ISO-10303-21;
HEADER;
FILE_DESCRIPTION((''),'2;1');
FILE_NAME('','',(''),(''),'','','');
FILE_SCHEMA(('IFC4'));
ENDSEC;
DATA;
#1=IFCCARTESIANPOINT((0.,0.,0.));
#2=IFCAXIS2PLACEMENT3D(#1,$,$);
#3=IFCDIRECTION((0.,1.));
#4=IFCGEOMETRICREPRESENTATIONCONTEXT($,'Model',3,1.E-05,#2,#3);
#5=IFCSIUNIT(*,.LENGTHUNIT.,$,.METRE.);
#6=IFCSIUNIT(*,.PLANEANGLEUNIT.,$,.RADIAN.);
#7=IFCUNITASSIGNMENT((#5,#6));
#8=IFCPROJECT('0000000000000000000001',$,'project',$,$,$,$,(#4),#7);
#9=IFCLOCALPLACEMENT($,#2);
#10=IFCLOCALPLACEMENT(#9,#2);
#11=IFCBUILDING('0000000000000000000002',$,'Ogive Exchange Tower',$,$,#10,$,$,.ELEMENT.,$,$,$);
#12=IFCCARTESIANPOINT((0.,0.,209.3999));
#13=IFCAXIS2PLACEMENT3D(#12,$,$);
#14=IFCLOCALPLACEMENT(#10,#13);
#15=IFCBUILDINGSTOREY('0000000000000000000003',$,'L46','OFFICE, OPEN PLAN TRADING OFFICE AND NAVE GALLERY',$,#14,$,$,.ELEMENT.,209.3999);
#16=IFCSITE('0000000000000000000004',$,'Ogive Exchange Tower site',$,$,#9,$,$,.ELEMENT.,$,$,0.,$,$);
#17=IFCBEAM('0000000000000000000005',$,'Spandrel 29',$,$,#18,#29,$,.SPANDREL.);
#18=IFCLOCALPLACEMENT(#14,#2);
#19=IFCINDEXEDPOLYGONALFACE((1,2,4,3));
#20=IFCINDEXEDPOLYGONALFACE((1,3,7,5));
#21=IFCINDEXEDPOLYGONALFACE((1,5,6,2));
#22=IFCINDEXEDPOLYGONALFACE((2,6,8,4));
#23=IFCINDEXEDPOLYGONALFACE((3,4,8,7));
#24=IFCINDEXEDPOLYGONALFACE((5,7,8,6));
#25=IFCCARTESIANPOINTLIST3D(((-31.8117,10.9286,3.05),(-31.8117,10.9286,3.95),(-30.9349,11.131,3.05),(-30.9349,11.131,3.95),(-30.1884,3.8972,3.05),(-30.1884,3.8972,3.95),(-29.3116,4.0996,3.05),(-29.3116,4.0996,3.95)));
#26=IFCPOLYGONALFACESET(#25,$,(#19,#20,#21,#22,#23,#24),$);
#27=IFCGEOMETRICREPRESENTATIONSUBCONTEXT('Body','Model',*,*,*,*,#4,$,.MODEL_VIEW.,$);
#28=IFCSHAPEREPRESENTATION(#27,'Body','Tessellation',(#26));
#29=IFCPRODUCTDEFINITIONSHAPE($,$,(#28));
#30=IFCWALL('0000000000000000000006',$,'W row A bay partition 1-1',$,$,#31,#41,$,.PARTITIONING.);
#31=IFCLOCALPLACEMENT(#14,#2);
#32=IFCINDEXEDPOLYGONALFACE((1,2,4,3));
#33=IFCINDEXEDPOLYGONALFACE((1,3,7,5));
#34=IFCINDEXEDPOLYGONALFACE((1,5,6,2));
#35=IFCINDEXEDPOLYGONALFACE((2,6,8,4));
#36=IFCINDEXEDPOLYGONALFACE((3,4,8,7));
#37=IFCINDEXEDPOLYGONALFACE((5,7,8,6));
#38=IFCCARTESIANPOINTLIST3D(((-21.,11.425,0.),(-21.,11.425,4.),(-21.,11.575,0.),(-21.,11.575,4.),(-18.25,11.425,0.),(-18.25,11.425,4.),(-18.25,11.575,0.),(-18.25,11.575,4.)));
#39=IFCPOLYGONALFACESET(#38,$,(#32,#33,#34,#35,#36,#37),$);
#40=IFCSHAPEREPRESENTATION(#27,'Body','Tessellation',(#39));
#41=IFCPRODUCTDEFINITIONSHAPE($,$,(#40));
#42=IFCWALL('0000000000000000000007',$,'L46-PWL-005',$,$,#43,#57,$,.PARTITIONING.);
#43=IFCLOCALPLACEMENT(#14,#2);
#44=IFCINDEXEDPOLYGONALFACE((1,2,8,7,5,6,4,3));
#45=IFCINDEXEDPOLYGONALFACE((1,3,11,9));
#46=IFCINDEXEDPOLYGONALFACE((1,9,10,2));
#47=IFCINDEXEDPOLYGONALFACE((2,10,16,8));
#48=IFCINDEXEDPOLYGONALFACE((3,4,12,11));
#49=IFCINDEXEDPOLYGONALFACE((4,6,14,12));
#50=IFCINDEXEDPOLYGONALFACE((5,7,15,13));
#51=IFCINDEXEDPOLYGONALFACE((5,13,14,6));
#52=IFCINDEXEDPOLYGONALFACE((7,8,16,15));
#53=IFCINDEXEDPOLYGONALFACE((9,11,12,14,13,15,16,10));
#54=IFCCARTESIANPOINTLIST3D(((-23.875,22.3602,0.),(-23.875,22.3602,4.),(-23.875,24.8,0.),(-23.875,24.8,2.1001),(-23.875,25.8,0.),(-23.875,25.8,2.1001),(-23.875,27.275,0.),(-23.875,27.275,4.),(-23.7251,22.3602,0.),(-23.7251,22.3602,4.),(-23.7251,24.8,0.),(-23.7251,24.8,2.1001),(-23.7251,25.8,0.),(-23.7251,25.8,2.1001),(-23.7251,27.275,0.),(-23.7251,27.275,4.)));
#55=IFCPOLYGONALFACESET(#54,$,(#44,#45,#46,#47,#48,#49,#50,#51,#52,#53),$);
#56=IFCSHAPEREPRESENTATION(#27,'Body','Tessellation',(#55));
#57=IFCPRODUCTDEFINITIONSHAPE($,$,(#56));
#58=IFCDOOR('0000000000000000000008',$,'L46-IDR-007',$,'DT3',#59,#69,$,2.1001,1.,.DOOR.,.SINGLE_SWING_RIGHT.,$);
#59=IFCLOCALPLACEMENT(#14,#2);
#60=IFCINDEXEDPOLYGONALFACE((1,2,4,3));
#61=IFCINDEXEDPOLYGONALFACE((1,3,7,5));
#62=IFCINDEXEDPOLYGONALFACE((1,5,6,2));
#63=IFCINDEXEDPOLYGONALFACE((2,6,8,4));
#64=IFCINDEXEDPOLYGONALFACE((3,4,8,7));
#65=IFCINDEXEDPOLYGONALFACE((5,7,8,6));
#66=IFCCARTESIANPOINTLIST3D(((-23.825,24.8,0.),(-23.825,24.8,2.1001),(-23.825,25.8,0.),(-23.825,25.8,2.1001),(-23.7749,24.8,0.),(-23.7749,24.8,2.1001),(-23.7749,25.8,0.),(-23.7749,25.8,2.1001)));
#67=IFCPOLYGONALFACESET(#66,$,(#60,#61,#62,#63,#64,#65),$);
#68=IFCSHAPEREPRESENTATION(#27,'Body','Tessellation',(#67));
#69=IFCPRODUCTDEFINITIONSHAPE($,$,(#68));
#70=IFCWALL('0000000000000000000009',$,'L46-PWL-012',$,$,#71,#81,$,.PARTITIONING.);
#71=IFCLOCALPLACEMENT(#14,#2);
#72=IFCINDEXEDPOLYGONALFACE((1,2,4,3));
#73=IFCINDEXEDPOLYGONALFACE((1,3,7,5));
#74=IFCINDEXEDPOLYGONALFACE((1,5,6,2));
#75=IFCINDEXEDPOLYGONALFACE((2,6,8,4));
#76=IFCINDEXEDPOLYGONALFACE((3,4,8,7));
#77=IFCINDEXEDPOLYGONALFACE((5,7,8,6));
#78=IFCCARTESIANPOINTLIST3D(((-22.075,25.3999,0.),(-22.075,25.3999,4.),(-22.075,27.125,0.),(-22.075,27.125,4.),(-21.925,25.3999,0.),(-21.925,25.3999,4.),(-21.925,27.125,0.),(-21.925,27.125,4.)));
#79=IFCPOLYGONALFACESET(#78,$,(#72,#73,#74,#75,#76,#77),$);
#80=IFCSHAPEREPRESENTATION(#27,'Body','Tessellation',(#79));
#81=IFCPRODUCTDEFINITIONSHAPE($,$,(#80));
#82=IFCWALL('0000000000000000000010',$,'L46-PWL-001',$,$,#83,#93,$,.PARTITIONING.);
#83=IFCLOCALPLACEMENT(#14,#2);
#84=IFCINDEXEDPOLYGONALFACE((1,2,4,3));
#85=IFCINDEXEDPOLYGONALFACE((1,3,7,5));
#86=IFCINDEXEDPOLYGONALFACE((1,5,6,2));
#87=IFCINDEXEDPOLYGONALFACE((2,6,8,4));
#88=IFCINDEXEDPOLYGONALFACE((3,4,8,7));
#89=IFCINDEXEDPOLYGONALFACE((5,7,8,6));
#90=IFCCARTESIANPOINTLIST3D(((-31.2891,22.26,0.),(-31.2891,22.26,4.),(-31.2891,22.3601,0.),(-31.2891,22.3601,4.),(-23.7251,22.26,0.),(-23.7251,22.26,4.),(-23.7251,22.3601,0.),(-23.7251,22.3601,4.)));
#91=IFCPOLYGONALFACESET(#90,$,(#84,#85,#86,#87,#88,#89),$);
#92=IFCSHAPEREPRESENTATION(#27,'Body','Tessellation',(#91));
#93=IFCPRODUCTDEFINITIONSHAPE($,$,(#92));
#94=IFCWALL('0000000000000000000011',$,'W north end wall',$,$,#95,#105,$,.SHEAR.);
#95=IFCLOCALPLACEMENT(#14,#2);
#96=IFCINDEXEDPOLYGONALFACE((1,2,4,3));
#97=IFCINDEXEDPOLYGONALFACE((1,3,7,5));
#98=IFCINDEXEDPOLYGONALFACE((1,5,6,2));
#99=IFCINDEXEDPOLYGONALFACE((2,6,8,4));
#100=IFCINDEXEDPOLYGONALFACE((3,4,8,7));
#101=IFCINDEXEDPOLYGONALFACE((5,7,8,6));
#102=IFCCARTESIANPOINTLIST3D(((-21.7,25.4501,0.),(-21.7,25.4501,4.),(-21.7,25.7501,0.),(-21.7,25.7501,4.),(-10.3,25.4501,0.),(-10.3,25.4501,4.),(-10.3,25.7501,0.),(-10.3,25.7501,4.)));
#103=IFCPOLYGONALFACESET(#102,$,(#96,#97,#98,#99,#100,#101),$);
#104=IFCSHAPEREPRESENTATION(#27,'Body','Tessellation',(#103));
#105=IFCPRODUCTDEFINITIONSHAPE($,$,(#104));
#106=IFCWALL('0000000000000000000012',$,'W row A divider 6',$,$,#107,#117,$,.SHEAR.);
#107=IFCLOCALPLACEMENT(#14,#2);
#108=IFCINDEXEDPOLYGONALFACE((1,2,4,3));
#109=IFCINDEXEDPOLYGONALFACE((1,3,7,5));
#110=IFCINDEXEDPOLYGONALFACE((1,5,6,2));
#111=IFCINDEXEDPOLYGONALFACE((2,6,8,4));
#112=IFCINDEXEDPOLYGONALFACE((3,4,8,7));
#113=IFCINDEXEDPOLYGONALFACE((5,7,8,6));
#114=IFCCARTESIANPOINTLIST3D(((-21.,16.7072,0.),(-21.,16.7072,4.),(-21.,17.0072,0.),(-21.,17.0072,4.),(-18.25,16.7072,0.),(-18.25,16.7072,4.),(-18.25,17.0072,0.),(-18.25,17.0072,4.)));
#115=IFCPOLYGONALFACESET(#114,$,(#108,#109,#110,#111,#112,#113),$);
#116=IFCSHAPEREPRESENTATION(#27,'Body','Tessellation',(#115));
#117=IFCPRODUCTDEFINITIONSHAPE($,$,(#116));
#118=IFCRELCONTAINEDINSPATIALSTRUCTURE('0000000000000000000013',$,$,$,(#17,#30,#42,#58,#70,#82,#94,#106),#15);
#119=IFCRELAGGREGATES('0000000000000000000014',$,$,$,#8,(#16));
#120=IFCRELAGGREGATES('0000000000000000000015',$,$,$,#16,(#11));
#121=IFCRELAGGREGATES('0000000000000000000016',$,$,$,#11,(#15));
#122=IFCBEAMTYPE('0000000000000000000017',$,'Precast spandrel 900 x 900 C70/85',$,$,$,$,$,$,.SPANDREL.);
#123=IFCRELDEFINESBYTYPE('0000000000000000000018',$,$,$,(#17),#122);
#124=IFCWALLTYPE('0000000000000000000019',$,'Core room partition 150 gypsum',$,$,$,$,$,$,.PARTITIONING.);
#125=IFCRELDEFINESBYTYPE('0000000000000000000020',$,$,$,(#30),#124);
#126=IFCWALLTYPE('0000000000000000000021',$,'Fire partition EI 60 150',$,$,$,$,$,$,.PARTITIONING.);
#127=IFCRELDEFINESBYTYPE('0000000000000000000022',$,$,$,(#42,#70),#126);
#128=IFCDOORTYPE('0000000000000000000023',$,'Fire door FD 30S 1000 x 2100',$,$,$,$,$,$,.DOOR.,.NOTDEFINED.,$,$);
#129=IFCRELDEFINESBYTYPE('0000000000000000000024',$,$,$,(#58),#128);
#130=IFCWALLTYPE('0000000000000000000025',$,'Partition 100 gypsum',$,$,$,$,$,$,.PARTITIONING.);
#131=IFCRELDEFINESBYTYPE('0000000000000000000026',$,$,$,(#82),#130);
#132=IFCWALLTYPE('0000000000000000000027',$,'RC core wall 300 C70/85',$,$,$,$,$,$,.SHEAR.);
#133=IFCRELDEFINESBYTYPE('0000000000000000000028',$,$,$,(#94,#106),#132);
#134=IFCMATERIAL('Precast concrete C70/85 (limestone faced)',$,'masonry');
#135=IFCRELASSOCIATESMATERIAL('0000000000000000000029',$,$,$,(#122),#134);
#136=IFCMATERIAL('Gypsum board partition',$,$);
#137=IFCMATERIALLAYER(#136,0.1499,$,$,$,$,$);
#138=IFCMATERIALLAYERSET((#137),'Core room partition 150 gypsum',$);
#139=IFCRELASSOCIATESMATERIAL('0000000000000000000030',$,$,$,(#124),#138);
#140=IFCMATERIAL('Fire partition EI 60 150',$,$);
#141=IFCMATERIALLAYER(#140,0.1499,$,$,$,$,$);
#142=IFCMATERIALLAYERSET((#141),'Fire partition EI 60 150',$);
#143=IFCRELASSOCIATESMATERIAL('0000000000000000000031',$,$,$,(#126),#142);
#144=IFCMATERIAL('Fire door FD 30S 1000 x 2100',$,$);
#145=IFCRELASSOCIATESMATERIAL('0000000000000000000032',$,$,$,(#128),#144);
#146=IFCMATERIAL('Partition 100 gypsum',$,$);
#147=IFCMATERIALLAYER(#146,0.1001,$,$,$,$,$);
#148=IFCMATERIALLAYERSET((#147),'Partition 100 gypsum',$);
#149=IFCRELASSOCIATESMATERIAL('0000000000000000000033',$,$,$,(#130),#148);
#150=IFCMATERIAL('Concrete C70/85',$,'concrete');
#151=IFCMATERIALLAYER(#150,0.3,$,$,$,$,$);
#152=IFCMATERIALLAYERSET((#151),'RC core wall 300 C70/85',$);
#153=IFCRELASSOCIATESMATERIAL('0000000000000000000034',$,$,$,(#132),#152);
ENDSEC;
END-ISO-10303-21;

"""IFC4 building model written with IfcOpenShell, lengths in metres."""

from ifc_helpers import new_model, si_unit, direction, frame, frame_2d, origin, origin_2d, place, context, subcontext, project, spatial, rectangle, extrude, material, layer, layer_set, material_profile, profile_set, type_object, element, fill, save


model = new_model("IFC4")

# Units and contexts
model_context = context("Model", 3, precision=1e-05, world=origin(), true_north=direction((0.0, 1.0)))
body_context = subcontext(model_context, "Body", "Model", "MODEL_VIEW")
ifc_project = project(units=[si_unit("LENGTHUNIT", "METRE"), si_unit("PLANEANGLEUNIT", "RADIAN")], contexts=[model_context])

# Site, building, storey
site_placement = place(None, origin())
site = spatial("IfcSite", under=ifc_project, at=site_placement, Name="Ogive Exchange Tower site", CompositionType="ELEMENT", RefElevation=0.0)
building_placement = place(site_placement, origin())
building = spatial("IfcBuilding", under=site, at=building_placement, Name="Ogive Exchange Tower", CompositionType="ELEMENT")
storey_placement = place(building_placement, frame((0.0, 0.0, 209.3999)))
storey = spatial("IfcBuildingStorey", under=building, at=storey_placement, Name="L46", Description="OFFICE, OPEN PLAN TRADING OFFICE AND NAVE GALLERY", CompositionType="ELEMENT", Elevation=209.3999)

# Shared definitions
ifc_material_1 = material(Name="Precast concrete C70/85 (limestone faced)", Category="masonry")

# Beam
ifc_material_profile_1 = material_profile(ifc_material_1, rectangle(XDim=0.8999, YDim=0.8999, at=origin_2d()), Name="900 x 900")
ifc_profile_set_1 = profile_set([ifc_material_profile_1], Name="Precast concrete C70/85 (limestone faced)")
beam_type_1 = type_object("IfcBeamType", Name="Precast spandrel 900 x 900 C70/85", PredefinedType="SPANDREL", material=ifc_profile_set_1)
beam_1_placement = place(storey_placement, frame((-31.3733, 11.0298, 3.5), z_axis=(0.224951, -0.97437, 0.0), x_axis=(0.97437, 0.224951, 0.0)))
element("IfcBeam", 1, at=beam_1_placement, inside=storey, type_object=beam_type_1, Name="Spandrel 29", PredefinedType="SPANDREL", context=body_context, shape_type="SweptSolid", body=[
    extrude(rectangle(XDim=0.8999, YDim=0.8999, at=origin_2d()), origin(), (0.0, 0.0, 1.0), 7.2163),
])

# Wall
ifc_material_2 = material(Name="Gypsum board partition")
ifc_layer_1 = layer(ifc_material_2, 0.1499)
ifc_layer_set_1 = layer_set([ifc_layer_1], Name="Core room partition 150 gypsum")
wall_type_1 = type_object("IfcWallType", Name="Core room partition 150 gypsum", PredefinedType="PARTITIONING", material=ifc_layer_set_1)
wall_1_placement = place(storey_placement, frame((-21.0, 11.5, 0.0), z_axis=(0.0, 0.0, 1.0), x_axis=(1.0, 0.0, 0.0)))
element("IfcWall", 2, at=wall_1_placement, inside=storey, type_object=wall_type_1, Name="W row A bay partition 1-1", PredefinedType="PARTITIONING", context=body_context, shape_type="SweptSolid", body=[
    extrude(rectangle(XDim=2.75, YDim=0.1499, at=frame_2d((1.375, 0.0))), origin(), (0.0, 0.0, 1.0), 4.0),
])

# Wall, opening, door
ifc_material_3 = material(Name="Fire partition EI 60 150")
ifc_layer_2 = layer(ifc_material_3, 0.1499)
ifc_layer_set_2 = layer_set([ifc_layer_2], Name="Fire partition EI 60 150")
wall_type_2 = type_object("IfcWallType", Name="Fire partition EI 60 150", PredefinedType="PARTITIONING", material=ifc_layer_set_2)
wall_2_placement = place(storey_placement, frame((-23.8, 22.3601, 0.0), z_axis=(0.0, 0.0, 1.0), x_axis=(0.0, 1.0, 0.0)))
wall_2 = element("IfcWall", 3, at=wall_2_placement, inside=storey, type_object=wall_type_2, Name="L46-PWL-005", PredefinedType="PARTITIONING", context=body_context, shape_type="SweptSolid", body=[
    extrude(rectangle(XDim=4.9148, YDim=0.1499, at=frame_2d((2.4575, 0.0))), origin(), (0.0, 0.0, 1.0), 4.0),
])
opening_placement = place(wall_2_placement, frame((2.4399, 0.0, 0.0)))
opening = element("IfcOpeningElement", 4, at=opening_placement, cuts=wall_2, PredefinedType="OPENING", context=body_context, shape_type="SweptSolid", body=[
    extrude(rectangle(XDim=1.0, YDim=2.1001, at=frame_2d((0.5, 1.05))), frame((0.0, 0.085, 0.0), z_axis=(0.0, -1.0, 0.0), x_axis=(1.0, 0.0, 0.0)), (0.0, 0.0, 1.0), 0.1699),
])
ifc_material_4 = material(Name="Fire door FD 30S 1000 x 2100")
door_type = type_object("IfcDoorType", Name="Fire door FD 30S 1000 x 2100", OperationType="NOTDEFINED", PredefinedType="DOOR", material=ifc_material_4)
door_placement = place(opening_placement, origin())
door = element("IfcDoor", 5, at=door_placement, inside=storey, type_object=door_type, Name="L46-IDR-007", ObjectType="DT3", OperationType="SINGLE_SWING_RIGHT", OverallHeight=2.1001, OverallWidth=1.0, PredefinedType="DOOR", context=body_context, shape_type="SweptSolid", body=[
    extrude(rectangle(XDim=1.0, YDim=2.1001, at=frame_2d((0.5, 1.05))), frame((0.0, 0.0249, 0.0), z_axis=(0.0, -1.0, 0.0), x_axis=(1.0, 0.0, 0.0)), (0.0, 0.0, 1.0), 0.05),
])
fill(opening, door)

# Walls
wall_3_placement = place(storey_placement, frame((-22.0, 27.125, 0.0), z_axis=(0.0, 0.0, 1.0), x_axis=(0.0, -1.0, 0.0)))
element("IfcWall", 6, at=wall_3_placement, inside=storey, type_object=wall_type_2, Name="L46-PWL-012", PredefinedType="PARTITIONING", context=body_context, shape_type="SweptSolid", body=[
    extrude(rectangle(XDim=1.7251, YDim=0.1499, at=frame_2d((0.8625, 0.0))), origin(), (0.0, 0.0, 1.0), 4.0),
])
ifc_material_5 = material(Name="Partition 100 gypsum")
ifc_layer_3 = layer(ifc_material_5, 0.1001)
ifc_layer_set_3 = layer_set([ifc_layer_3], Name="Partition 100 gypsum")
wall_type_3 = type_object("IfcWallType", Name="Partition 100 gypsum", PredefinedType="PARTITIONING", material=ifc_layer_set_3)
wall_4_placement = place(storey_placement, frame((-31.2891, 22.3101, 0.0), z_axis=(0.0, 0.0, 1.0), x_axis=(1.0, 0.0, 0.0)))
element("IfcWall", 7, at=wall_4_placement, inside=storey, type_object=wall_type_3, Name="L46-PWL-001", PredefinedType="PARTITIONING", context=body_context, shape_type="SweptSolid", body=[
    extrude(rectangle(XDim=7.564, YDim=0.1001, at=frame_2d((3.782, 0.0))), origin(), (0.0, 0.0, 1.0), 4.0),
])
ifc_material_6 = material(Name="Concrete C70/85", Category="concrete")
ifc_layer_4 = layer(ifc_material_6, 0.3)
ifc_layer_set_4 = layer_set([ifc_layer_4], Name="RC core wall 300 C70/85")
wall_type_4 = type_object("IfcWallType", Name="RC core wall 300 C70/85", PredefinedType="SHEAR", material=ifc_layer_set_4)
wall_5_placement = place(storey_placement, frame((-21.7, 25.6001, 0.0), z_axis=(0.0, 0.0, 1.0), x_axis=(1.0, 0.0, 0.0)))
element("IfcWall", 8, at=wall_5_placement, inside=storey, type_object=wall_type_4, Name="W north end wall", PredefinedType="SHEAR", context=body_context, shape_type="SweptSolid", body=[
    extrude(rectangle(XDim=11.3999, YDim=0.3, at=frame_2d((5.7, 0.0))), origin(), (0.0, 0.0, 1.0), 4.0),
])
wall_6_placement = place(storey_placement, frame((-21.0, 16.8572, 0.0), z_axis=(0.0, 0.0, 1.0), x_axis=(1.0, 0.0, 0.0)))
element("IfcWall", 9, at=wall_6_placement, inside=storey, type_object=wall_type_4, Name="W row A divider 6", PredefinedType="SHEAR", context=body_context, shape_type="SweptSolid", body=[
    extrude(rectangle(XDim=2.75, YDim=0.3, at=frame_2d((1.375, 0.0))), origin(), (0.0, 0.0, 1.0), 4.0),
])

save(model, "model.ifc")
